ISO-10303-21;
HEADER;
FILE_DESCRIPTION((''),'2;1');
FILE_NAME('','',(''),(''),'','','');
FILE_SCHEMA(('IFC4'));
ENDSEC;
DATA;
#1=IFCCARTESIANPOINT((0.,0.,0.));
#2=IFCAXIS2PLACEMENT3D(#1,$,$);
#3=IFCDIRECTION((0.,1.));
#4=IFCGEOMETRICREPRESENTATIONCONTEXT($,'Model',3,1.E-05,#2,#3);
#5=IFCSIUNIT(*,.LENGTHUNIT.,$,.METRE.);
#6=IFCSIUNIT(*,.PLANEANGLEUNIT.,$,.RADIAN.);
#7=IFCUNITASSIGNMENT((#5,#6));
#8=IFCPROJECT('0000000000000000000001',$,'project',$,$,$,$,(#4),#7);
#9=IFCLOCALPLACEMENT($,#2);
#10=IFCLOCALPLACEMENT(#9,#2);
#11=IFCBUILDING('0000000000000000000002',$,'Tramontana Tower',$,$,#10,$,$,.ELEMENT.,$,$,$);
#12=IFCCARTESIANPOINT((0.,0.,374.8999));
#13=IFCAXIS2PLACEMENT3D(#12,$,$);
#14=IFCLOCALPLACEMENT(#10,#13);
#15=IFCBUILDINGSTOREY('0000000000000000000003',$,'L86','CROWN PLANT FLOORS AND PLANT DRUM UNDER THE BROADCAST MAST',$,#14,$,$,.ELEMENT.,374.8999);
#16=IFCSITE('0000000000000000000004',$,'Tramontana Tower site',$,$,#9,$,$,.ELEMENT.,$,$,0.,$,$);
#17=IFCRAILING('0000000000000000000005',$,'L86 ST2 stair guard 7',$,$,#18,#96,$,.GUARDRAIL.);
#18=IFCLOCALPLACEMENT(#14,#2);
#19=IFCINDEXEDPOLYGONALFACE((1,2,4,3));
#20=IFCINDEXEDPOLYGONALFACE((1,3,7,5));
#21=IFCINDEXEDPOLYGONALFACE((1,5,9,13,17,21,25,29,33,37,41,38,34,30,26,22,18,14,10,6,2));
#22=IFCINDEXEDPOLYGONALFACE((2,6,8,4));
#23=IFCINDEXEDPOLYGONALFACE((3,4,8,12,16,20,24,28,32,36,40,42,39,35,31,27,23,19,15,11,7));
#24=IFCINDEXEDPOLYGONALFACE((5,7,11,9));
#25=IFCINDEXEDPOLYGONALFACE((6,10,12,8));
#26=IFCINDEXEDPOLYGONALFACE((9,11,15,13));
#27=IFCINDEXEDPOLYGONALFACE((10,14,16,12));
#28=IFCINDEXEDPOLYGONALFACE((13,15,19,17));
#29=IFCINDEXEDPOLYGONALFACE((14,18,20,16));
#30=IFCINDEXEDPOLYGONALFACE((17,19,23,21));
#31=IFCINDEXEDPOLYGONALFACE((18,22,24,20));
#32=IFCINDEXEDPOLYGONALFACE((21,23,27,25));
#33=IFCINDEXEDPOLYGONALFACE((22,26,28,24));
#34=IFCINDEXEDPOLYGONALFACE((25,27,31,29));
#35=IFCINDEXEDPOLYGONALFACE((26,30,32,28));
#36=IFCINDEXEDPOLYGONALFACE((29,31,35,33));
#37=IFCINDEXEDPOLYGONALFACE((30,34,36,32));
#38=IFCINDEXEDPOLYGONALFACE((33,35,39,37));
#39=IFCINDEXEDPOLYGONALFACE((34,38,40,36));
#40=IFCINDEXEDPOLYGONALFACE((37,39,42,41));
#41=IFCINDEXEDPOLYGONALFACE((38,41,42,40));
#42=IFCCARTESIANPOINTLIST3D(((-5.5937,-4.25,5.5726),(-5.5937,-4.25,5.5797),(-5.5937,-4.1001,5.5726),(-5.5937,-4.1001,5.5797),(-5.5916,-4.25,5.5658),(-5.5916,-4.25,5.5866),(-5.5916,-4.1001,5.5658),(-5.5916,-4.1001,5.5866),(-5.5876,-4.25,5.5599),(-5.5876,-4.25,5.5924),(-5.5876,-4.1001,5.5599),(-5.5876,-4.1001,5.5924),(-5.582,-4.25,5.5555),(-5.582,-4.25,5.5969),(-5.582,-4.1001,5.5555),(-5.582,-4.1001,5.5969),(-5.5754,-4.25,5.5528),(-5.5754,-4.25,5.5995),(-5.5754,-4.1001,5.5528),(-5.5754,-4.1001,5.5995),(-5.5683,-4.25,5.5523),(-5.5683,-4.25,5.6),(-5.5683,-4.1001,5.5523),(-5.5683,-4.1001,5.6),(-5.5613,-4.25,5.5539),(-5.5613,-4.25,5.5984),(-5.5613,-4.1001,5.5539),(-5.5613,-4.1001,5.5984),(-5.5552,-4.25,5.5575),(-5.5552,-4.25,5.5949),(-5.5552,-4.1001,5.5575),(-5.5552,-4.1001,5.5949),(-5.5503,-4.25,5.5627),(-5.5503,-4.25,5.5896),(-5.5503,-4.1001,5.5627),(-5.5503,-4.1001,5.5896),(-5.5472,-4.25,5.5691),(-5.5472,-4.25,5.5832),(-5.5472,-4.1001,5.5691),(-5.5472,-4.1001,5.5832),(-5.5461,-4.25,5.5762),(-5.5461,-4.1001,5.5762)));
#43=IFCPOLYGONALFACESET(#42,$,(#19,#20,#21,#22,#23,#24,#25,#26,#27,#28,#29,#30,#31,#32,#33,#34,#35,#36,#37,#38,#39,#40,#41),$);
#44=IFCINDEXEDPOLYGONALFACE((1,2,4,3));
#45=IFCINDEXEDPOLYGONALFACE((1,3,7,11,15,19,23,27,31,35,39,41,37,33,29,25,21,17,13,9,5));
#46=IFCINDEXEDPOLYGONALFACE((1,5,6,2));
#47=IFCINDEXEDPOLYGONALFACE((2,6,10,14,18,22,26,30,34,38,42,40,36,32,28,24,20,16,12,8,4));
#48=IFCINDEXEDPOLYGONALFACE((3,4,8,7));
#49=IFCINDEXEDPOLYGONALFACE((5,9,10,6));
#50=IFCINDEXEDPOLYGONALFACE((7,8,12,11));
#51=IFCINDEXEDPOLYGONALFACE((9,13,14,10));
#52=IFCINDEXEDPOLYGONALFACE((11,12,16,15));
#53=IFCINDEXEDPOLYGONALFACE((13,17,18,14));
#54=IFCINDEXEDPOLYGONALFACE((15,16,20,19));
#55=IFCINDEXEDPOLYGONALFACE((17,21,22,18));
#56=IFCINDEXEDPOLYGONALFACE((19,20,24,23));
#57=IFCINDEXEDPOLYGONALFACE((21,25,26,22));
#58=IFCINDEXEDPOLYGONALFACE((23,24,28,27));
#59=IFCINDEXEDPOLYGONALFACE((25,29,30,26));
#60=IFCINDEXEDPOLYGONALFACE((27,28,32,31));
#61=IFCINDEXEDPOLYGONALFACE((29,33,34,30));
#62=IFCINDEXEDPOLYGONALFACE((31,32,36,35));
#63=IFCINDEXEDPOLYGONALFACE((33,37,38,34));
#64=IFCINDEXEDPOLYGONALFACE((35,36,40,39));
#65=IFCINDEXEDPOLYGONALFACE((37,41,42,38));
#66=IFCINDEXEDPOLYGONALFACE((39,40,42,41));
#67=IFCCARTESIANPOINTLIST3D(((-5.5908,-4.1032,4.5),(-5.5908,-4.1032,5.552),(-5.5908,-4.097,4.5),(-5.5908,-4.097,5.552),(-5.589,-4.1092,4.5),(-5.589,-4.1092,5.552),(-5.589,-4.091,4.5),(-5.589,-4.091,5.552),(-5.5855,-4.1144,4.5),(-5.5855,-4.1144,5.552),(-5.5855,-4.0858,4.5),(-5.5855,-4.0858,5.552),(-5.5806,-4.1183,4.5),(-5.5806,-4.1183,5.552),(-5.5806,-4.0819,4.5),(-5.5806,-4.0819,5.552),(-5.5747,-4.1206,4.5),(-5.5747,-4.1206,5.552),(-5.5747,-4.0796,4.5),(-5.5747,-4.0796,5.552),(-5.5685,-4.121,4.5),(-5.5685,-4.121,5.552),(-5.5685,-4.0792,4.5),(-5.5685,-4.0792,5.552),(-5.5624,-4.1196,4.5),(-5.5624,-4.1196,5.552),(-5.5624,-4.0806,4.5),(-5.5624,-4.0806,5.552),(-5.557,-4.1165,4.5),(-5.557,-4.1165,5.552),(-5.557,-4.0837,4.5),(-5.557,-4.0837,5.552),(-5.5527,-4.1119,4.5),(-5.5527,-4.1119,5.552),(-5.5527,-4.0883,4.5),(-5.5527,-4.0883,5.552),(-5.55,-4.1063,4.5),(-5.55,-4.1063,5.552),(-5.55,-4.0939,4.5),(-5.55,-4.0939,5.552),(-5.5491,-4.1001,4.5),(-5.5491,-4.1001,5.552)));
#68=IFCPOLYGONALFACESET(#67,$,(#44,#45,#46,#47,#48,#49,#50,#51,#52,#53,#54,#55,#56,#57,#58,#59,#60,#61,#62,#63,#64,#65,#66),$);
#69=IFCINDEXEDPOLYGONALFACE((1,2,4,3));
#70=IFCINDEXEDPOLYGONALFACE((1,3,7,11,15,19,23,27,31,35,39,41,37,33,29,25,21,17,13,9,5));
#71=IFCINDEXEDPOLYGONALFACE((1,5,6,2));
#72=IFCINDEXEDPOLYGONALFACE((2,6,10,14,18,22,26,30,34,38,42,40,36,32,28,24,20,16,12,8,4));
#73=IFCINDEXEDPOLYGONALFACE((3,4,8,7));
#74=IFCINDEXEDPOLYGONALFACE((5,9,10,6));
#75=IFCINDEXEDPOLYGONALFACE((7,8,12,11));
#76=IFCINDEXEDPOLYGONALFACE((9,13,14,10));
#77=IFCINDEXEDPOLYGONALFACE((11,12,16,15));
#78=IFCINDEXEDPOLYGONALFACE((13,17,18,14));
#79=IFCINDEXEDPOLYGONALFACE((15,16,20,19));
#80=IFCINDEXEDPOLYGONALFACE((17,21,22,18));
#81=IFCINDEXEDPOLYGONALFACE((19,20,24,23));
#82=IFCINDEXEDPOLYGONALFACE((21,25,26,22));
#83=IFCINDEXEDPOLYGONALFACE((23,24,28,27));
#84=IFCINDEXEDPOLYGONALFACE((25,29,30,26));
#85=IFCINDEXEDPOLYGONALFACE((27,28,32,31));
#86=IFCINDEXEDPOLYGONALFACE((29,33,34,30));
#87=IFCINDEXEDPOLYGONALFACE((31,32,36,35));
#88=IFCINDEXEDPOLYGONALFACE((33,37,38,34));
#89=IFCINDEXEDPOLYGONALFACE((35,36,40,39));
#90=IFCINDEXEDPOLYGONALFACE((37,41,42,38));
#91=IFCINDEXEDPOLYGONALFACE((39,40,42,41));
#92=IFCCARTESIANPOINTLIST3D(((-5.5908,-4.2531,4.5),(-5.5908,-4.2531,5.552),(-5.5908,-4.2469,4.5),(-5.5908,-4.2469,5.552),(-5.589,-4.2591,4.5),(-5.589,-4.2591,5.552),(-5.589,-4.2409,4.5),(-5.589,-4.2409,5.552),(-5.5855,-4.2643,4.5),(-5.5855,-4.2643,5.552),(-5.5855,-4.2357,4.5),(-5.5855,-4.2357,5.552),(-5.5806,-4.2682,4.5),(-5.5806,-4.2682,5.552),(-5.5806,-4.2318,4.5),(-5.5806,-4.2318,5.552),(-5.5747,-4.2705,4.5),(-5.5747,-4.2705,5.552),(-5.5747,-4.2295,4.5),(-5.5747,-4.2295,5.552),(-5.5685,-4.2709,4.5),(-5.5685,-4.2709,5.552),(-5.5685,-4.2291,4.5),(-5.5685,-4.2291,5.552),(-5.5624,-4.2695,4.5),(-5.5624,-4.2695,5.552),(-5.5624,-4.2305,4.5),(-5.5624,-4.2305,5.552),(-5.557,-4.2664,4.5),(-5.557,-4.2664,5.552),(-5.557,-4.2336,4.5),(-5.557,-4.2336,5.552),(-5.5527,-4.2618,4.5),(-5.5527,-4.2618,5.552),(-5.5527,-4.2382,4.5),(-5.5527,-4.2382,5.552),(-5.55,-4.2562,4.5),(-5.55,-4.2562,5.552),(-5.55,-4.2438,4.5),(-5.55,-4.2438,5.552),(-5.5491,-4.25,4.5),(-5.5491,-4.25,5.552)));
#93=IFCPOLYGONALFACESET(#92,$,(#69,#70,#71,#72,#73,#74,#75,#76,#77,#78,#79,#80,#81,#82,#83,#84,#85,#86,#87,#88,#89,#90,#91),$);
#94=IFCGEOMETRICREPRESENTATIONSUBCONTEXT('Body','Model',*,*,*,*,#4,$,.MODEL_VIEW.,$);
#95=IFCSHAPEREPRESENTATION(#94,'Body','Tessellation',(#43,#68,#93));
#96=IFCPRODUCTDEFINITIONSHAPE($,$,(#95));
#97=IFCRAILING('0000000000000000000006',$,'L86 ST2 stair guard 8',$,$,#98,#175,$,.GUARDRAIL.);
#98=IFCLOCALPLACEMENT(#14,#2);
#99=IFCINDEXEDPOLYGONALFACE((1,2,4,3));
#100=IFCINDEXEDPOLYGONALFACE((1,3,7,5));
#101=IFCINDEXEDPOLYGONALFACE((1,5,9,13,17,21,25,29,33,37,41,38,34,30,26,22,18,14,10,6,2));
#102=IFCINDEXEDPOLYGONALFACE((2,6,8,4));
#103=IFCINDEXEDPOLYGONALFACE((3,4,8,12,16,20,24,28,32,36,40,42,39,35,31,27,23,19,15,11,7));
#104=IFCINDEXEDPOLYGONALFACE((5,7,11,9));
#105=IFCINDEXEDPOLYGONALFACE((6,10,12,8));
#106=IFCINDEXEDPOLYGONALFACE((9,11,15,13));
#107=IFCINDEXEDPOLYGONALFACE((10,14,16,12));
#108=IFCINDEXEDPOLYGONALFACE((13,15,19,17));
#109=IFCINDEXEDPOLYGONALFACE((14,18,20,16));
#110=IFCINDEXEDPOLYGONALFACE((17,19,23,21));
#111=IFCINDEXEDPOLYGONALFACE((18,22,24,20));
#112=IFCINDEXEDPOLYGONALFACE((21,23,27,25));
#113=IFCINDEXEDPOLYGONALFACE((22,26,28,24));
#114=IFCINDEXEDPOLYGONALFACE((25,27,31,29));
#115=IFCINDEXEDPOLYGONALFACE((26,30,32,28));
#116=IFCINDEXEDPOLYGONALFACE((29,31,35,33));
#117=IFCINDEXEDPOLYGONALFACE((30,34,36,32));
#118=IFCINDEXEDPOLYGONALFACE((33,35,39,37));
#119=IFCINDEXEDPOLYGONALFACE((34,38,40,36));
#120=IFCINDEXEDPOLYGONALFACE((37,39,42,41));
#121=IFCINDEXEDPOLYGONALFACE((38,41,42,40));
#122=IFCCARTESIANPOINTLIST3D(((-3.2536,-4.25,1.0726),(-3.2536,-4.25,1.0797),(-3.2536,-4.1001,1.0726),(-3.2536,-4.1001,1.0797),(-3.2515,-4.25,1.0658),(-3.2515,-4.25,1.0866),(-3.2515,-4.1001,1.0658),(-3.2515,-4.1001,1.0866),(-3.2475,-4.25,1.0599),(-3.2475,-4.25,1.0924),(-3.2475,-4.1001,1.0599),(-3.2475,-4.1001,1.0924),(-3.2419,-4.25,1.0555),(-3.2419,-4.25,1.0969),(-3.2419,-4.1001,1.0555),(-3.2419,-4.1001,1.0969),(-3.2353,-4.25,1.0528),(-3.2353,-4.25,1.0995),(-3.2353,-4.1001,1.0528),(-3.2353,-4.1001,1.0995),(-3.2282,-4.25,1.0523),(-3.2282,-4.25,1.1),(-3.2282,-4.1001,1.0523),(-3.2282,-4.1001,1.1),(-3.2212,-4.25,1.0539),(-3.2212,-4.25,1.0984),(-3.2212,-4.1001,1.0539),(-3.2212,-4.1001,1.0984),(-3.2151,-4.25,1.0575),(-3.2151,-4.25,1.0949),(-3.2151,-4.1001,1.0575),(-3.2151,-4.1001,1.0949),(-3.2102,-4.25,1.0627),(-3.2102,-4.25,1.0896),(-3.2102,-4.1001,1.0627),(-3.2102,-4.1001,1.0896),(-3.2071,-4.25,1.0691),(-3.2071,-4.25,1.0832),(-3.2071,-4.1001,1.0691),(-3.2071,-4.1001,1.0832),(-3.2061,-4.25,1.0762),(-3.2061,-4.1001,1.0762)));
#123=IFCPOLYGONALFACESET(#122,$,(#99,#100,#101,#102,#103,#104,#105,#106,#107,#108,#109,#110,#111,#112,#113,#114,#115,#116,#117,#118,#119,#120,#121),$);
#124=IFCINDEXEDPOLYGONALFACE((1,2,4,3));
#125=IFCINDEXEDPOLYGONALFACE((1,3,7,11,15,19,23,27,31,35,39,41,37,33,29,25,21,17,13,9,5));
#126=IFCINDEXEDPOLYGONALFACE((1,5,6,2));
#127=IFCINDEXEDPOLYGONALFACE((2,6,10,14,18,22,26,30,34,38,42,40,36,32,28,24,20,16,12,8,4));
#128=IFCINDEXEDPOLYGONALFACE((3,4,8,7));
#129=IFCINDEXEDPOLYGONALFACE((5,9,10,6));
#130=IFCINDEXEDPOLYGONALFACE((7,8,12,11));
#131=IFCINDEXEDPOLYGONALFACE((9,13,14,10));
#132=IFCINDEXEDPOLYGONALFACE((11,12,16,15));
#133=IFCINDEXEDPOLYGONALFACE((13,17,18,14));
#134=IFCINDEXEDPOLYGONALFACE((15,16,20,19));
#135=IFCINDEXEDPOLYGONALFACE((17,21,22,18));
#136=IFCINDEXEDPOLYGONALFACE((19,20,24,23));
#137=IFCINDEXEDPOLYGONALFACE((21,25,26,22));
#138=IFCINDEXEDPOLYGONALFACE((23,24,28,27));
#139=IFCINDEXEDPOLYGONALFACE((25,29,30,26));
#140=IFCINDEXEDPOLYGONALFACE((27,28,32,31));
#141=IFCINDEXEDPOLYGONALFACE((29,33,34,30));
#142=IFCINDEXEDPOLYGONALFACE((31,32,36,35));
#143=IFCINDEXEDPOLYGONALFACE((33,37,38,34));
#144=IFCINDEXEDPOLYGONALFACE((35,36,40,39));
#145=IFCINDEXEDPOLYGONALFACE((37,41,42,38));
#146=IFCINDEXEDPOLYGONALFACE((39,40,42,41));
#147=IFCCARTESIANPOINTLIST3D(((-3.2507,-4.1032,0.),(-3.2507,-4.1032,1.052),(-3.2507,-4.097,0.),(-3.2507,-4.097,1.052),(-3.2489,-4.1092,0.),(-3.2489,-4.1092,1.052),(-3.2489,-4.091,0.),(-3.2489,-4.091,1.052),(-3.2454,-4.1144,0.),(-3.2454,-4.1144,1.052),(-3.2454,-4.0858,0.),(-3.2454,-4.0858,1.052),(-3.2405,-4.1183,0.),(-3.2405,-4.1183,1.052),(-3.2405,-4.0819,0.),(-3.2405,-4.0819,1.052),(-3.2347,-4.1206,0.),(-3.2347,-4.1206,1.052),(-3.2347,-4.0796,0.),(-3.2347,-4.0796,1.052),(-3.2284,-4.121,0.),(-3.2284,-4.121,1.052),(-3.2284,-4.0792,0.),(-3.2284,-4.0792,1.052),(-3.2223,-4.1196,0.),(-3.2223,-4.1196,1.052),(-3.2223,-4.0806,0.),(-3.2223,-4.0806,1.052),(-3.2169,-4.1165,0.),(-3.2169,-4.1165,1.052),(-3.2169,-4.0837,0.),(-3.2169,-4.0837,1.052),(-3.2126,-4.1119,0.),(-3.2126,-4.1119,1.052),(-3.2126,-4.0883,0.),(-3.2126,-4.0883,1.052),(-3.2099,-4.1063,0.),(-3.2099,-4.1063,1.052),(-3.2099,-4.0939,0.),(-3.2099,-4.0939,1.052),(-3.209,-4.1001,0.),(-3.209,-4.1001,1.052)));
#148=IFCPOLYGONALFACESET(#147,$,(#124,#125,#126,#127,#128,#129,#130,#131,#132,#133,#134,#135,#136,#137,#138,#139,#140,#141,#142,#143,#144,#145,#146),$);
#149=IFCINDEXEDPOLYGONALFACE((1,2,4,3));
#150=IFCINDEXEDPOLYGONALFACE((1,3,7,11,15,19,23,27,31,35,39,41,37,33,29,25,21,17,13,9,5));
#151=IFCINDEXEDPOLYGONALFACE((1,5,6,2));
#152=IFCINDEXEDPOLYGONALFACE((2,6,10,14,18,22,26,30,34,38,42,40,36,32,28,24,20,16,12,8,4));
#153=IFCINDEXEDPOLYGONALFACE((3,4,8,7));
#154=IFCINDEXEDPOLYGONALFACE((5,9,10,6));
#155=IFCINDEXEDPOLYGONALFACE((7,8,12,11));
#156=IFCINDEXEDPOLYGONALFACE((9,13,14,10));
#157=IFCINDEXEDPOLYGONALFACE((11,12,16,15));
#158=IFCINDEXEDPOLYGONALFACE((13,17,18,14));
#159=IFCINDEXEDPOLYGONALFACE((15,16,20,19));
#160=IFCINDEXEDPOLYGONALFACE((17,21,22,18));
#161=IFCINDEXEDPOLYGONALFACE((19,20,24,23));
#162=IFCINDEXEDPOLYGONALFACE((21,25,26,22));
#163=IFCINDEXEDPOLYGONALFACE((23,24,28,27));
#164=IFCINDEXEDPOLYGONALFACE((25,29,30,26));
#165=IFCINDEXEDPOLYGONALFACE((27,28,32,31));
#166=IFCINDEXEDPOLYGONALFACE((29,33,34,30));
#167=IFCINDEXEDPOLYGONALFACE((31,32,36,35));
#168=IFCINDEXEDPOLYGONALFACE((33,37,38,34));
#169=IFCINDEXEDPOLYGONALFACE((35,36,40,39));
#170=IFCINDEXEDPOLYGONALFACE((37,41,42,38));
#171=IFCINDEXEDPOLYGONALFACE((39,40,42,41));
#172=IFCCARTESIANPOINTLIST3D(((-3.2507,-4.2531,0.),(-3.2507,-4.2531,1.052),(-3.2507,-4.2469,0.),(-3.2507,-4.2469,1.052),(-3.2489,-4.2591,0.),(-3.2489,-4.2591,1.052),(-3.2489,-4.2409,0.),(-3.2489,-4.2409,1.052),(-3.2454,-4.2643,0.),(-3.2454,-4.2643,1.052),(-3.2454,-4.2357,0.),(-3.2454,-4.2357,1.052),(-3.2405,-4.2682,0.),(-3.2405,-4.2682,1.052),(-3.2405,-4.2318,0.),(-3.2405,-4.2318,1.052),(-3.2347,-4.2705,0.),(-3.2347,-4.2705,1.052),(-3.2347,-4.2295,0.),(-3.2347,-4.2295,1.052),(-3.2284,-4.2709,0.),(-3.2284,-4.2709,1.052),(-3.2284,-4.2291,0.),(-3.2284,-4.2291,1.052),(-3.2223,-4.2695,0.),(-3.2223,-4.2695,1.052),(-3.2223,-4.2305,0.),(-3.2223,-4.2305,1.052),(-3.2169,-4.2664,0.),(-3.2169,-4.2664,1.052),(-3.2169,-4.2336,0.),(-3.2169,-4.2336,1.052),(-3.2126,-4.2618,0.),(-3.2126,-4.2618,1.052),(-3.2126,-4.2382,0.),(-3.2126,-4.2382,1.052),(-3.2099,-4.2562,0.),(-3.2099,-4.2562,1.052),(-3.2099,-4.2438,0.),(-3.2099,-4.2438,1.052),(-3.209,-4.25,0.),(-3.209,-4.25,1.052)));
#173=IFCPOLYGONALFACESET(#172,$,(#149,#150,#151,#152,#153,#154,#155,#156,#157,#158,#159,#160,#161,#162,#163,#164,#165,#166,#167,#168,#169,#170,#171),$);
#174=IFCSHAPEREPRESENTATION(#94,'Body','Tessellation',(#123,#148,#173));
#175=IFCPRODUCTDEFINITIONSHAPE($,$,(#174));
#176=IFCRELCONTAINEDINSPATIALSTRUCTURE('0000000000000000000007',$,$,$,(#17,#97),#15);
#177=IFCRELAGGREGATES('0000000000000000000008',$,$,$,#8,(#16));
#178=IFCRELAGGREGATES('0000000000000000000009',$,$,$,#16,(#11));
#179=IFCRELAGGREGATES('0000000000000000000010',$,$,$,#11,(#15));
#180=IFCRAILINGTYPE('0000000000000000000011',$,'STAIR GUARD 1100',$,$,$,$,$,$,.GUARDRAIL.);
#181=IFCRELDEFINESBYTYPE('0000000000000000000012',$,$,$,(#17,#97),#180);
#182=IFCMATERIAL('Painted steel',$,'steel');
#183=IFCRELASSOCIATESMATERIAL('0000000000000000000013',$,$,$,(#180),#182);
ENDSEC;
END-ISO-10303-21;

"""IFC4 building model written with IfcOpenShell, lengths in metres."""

from ifc_helpers import new_model, si_unit, direction, frame, origin, origin_2d, place, context, subcontext, project, spatial, circle, extrude, material, type_object, element, save


model = new_model("IFC4")

# Units and contexts
model_context = context("Model", 3, precision=1e-05, world=origin(), true_north=direction((0.0, 1.0)))
body_context = subcontext(model_context, "Body", "Model", "MODEL_VIEW")
ifc_project = project(units=[si_unit("LENGTHUNIT", "METRE"), si_unit("PLANEANGLEUNIT", "RADIAN")], contexts=[model_context])

# Site, building, storey
site_placement = place(None, origin())
site = spatial("IfcSite", under=ifc_project, at=site_placement, Name="Tramontana Tower site", CompositionType="ELEMENT", RefElevation=0.0)
building_placement = place(site_placement, origin())
building = spatial("IfcBuilding", under=site, at=building_placement, Name="Tramontana Tower", CompositionType="ELEMENT")
storey_placement = place(building_placement, frame((0.0, 0.0, 374.8999)))
storey = spatial("IfcBuildingStorey", under=building, at=storey_placement, Name="L86", Description="CROWN PLANT FLOORS AND PLANT DRUM UNDER THE BROADCAST MAST", CompositionType="ELEMENT", Elevation=374.8999)

# Railings
ifc_material_1 = material(Name="Painted steel", Category="steel")
railing_type_1 = type_object("IfcRailingType", Name="STAIR GUARD 1100", PredefinedType="GUARDRAIL", material=ifc_material_1)
for number, where, name in (
    (1, (-5.5701, -4.1001, 4.5), "L86 ST2 stair guard 7"),
    (2, (-3.23, -4.1001, 0.0), "L86 ST2 stair guard 8"),
):
    element("IfcRailing", number, at=place(storey_placement, frame(where)), inside=storey, type_object=railing_type_1, Name=name, PredefinedType="GUARDRAIL", context=body_context, shape_type="SweptSolid", body=[
        extrude(circle(Radius=0.0239, at=origin_2d()), frame((0.0, 0.0, 1.0762), z_axis=(0.0, -1.0, 0.0), x_axis=(1.0, 0.0, 0.0)), (0.0, 0.0, 1.0), 0.1499),
        extrude(circle(Radius=0.021, at=origin_2d()), origin(), (0.0, 0.0, 1.0), 1.052),
        extrude(circle(Radius=0.021, at=origin_2d()), frame((0.0, -0.1499, 0.0)), (0.0, 0.0, 1.0), 1.052),
    ])

save(model, "model.ifc")
